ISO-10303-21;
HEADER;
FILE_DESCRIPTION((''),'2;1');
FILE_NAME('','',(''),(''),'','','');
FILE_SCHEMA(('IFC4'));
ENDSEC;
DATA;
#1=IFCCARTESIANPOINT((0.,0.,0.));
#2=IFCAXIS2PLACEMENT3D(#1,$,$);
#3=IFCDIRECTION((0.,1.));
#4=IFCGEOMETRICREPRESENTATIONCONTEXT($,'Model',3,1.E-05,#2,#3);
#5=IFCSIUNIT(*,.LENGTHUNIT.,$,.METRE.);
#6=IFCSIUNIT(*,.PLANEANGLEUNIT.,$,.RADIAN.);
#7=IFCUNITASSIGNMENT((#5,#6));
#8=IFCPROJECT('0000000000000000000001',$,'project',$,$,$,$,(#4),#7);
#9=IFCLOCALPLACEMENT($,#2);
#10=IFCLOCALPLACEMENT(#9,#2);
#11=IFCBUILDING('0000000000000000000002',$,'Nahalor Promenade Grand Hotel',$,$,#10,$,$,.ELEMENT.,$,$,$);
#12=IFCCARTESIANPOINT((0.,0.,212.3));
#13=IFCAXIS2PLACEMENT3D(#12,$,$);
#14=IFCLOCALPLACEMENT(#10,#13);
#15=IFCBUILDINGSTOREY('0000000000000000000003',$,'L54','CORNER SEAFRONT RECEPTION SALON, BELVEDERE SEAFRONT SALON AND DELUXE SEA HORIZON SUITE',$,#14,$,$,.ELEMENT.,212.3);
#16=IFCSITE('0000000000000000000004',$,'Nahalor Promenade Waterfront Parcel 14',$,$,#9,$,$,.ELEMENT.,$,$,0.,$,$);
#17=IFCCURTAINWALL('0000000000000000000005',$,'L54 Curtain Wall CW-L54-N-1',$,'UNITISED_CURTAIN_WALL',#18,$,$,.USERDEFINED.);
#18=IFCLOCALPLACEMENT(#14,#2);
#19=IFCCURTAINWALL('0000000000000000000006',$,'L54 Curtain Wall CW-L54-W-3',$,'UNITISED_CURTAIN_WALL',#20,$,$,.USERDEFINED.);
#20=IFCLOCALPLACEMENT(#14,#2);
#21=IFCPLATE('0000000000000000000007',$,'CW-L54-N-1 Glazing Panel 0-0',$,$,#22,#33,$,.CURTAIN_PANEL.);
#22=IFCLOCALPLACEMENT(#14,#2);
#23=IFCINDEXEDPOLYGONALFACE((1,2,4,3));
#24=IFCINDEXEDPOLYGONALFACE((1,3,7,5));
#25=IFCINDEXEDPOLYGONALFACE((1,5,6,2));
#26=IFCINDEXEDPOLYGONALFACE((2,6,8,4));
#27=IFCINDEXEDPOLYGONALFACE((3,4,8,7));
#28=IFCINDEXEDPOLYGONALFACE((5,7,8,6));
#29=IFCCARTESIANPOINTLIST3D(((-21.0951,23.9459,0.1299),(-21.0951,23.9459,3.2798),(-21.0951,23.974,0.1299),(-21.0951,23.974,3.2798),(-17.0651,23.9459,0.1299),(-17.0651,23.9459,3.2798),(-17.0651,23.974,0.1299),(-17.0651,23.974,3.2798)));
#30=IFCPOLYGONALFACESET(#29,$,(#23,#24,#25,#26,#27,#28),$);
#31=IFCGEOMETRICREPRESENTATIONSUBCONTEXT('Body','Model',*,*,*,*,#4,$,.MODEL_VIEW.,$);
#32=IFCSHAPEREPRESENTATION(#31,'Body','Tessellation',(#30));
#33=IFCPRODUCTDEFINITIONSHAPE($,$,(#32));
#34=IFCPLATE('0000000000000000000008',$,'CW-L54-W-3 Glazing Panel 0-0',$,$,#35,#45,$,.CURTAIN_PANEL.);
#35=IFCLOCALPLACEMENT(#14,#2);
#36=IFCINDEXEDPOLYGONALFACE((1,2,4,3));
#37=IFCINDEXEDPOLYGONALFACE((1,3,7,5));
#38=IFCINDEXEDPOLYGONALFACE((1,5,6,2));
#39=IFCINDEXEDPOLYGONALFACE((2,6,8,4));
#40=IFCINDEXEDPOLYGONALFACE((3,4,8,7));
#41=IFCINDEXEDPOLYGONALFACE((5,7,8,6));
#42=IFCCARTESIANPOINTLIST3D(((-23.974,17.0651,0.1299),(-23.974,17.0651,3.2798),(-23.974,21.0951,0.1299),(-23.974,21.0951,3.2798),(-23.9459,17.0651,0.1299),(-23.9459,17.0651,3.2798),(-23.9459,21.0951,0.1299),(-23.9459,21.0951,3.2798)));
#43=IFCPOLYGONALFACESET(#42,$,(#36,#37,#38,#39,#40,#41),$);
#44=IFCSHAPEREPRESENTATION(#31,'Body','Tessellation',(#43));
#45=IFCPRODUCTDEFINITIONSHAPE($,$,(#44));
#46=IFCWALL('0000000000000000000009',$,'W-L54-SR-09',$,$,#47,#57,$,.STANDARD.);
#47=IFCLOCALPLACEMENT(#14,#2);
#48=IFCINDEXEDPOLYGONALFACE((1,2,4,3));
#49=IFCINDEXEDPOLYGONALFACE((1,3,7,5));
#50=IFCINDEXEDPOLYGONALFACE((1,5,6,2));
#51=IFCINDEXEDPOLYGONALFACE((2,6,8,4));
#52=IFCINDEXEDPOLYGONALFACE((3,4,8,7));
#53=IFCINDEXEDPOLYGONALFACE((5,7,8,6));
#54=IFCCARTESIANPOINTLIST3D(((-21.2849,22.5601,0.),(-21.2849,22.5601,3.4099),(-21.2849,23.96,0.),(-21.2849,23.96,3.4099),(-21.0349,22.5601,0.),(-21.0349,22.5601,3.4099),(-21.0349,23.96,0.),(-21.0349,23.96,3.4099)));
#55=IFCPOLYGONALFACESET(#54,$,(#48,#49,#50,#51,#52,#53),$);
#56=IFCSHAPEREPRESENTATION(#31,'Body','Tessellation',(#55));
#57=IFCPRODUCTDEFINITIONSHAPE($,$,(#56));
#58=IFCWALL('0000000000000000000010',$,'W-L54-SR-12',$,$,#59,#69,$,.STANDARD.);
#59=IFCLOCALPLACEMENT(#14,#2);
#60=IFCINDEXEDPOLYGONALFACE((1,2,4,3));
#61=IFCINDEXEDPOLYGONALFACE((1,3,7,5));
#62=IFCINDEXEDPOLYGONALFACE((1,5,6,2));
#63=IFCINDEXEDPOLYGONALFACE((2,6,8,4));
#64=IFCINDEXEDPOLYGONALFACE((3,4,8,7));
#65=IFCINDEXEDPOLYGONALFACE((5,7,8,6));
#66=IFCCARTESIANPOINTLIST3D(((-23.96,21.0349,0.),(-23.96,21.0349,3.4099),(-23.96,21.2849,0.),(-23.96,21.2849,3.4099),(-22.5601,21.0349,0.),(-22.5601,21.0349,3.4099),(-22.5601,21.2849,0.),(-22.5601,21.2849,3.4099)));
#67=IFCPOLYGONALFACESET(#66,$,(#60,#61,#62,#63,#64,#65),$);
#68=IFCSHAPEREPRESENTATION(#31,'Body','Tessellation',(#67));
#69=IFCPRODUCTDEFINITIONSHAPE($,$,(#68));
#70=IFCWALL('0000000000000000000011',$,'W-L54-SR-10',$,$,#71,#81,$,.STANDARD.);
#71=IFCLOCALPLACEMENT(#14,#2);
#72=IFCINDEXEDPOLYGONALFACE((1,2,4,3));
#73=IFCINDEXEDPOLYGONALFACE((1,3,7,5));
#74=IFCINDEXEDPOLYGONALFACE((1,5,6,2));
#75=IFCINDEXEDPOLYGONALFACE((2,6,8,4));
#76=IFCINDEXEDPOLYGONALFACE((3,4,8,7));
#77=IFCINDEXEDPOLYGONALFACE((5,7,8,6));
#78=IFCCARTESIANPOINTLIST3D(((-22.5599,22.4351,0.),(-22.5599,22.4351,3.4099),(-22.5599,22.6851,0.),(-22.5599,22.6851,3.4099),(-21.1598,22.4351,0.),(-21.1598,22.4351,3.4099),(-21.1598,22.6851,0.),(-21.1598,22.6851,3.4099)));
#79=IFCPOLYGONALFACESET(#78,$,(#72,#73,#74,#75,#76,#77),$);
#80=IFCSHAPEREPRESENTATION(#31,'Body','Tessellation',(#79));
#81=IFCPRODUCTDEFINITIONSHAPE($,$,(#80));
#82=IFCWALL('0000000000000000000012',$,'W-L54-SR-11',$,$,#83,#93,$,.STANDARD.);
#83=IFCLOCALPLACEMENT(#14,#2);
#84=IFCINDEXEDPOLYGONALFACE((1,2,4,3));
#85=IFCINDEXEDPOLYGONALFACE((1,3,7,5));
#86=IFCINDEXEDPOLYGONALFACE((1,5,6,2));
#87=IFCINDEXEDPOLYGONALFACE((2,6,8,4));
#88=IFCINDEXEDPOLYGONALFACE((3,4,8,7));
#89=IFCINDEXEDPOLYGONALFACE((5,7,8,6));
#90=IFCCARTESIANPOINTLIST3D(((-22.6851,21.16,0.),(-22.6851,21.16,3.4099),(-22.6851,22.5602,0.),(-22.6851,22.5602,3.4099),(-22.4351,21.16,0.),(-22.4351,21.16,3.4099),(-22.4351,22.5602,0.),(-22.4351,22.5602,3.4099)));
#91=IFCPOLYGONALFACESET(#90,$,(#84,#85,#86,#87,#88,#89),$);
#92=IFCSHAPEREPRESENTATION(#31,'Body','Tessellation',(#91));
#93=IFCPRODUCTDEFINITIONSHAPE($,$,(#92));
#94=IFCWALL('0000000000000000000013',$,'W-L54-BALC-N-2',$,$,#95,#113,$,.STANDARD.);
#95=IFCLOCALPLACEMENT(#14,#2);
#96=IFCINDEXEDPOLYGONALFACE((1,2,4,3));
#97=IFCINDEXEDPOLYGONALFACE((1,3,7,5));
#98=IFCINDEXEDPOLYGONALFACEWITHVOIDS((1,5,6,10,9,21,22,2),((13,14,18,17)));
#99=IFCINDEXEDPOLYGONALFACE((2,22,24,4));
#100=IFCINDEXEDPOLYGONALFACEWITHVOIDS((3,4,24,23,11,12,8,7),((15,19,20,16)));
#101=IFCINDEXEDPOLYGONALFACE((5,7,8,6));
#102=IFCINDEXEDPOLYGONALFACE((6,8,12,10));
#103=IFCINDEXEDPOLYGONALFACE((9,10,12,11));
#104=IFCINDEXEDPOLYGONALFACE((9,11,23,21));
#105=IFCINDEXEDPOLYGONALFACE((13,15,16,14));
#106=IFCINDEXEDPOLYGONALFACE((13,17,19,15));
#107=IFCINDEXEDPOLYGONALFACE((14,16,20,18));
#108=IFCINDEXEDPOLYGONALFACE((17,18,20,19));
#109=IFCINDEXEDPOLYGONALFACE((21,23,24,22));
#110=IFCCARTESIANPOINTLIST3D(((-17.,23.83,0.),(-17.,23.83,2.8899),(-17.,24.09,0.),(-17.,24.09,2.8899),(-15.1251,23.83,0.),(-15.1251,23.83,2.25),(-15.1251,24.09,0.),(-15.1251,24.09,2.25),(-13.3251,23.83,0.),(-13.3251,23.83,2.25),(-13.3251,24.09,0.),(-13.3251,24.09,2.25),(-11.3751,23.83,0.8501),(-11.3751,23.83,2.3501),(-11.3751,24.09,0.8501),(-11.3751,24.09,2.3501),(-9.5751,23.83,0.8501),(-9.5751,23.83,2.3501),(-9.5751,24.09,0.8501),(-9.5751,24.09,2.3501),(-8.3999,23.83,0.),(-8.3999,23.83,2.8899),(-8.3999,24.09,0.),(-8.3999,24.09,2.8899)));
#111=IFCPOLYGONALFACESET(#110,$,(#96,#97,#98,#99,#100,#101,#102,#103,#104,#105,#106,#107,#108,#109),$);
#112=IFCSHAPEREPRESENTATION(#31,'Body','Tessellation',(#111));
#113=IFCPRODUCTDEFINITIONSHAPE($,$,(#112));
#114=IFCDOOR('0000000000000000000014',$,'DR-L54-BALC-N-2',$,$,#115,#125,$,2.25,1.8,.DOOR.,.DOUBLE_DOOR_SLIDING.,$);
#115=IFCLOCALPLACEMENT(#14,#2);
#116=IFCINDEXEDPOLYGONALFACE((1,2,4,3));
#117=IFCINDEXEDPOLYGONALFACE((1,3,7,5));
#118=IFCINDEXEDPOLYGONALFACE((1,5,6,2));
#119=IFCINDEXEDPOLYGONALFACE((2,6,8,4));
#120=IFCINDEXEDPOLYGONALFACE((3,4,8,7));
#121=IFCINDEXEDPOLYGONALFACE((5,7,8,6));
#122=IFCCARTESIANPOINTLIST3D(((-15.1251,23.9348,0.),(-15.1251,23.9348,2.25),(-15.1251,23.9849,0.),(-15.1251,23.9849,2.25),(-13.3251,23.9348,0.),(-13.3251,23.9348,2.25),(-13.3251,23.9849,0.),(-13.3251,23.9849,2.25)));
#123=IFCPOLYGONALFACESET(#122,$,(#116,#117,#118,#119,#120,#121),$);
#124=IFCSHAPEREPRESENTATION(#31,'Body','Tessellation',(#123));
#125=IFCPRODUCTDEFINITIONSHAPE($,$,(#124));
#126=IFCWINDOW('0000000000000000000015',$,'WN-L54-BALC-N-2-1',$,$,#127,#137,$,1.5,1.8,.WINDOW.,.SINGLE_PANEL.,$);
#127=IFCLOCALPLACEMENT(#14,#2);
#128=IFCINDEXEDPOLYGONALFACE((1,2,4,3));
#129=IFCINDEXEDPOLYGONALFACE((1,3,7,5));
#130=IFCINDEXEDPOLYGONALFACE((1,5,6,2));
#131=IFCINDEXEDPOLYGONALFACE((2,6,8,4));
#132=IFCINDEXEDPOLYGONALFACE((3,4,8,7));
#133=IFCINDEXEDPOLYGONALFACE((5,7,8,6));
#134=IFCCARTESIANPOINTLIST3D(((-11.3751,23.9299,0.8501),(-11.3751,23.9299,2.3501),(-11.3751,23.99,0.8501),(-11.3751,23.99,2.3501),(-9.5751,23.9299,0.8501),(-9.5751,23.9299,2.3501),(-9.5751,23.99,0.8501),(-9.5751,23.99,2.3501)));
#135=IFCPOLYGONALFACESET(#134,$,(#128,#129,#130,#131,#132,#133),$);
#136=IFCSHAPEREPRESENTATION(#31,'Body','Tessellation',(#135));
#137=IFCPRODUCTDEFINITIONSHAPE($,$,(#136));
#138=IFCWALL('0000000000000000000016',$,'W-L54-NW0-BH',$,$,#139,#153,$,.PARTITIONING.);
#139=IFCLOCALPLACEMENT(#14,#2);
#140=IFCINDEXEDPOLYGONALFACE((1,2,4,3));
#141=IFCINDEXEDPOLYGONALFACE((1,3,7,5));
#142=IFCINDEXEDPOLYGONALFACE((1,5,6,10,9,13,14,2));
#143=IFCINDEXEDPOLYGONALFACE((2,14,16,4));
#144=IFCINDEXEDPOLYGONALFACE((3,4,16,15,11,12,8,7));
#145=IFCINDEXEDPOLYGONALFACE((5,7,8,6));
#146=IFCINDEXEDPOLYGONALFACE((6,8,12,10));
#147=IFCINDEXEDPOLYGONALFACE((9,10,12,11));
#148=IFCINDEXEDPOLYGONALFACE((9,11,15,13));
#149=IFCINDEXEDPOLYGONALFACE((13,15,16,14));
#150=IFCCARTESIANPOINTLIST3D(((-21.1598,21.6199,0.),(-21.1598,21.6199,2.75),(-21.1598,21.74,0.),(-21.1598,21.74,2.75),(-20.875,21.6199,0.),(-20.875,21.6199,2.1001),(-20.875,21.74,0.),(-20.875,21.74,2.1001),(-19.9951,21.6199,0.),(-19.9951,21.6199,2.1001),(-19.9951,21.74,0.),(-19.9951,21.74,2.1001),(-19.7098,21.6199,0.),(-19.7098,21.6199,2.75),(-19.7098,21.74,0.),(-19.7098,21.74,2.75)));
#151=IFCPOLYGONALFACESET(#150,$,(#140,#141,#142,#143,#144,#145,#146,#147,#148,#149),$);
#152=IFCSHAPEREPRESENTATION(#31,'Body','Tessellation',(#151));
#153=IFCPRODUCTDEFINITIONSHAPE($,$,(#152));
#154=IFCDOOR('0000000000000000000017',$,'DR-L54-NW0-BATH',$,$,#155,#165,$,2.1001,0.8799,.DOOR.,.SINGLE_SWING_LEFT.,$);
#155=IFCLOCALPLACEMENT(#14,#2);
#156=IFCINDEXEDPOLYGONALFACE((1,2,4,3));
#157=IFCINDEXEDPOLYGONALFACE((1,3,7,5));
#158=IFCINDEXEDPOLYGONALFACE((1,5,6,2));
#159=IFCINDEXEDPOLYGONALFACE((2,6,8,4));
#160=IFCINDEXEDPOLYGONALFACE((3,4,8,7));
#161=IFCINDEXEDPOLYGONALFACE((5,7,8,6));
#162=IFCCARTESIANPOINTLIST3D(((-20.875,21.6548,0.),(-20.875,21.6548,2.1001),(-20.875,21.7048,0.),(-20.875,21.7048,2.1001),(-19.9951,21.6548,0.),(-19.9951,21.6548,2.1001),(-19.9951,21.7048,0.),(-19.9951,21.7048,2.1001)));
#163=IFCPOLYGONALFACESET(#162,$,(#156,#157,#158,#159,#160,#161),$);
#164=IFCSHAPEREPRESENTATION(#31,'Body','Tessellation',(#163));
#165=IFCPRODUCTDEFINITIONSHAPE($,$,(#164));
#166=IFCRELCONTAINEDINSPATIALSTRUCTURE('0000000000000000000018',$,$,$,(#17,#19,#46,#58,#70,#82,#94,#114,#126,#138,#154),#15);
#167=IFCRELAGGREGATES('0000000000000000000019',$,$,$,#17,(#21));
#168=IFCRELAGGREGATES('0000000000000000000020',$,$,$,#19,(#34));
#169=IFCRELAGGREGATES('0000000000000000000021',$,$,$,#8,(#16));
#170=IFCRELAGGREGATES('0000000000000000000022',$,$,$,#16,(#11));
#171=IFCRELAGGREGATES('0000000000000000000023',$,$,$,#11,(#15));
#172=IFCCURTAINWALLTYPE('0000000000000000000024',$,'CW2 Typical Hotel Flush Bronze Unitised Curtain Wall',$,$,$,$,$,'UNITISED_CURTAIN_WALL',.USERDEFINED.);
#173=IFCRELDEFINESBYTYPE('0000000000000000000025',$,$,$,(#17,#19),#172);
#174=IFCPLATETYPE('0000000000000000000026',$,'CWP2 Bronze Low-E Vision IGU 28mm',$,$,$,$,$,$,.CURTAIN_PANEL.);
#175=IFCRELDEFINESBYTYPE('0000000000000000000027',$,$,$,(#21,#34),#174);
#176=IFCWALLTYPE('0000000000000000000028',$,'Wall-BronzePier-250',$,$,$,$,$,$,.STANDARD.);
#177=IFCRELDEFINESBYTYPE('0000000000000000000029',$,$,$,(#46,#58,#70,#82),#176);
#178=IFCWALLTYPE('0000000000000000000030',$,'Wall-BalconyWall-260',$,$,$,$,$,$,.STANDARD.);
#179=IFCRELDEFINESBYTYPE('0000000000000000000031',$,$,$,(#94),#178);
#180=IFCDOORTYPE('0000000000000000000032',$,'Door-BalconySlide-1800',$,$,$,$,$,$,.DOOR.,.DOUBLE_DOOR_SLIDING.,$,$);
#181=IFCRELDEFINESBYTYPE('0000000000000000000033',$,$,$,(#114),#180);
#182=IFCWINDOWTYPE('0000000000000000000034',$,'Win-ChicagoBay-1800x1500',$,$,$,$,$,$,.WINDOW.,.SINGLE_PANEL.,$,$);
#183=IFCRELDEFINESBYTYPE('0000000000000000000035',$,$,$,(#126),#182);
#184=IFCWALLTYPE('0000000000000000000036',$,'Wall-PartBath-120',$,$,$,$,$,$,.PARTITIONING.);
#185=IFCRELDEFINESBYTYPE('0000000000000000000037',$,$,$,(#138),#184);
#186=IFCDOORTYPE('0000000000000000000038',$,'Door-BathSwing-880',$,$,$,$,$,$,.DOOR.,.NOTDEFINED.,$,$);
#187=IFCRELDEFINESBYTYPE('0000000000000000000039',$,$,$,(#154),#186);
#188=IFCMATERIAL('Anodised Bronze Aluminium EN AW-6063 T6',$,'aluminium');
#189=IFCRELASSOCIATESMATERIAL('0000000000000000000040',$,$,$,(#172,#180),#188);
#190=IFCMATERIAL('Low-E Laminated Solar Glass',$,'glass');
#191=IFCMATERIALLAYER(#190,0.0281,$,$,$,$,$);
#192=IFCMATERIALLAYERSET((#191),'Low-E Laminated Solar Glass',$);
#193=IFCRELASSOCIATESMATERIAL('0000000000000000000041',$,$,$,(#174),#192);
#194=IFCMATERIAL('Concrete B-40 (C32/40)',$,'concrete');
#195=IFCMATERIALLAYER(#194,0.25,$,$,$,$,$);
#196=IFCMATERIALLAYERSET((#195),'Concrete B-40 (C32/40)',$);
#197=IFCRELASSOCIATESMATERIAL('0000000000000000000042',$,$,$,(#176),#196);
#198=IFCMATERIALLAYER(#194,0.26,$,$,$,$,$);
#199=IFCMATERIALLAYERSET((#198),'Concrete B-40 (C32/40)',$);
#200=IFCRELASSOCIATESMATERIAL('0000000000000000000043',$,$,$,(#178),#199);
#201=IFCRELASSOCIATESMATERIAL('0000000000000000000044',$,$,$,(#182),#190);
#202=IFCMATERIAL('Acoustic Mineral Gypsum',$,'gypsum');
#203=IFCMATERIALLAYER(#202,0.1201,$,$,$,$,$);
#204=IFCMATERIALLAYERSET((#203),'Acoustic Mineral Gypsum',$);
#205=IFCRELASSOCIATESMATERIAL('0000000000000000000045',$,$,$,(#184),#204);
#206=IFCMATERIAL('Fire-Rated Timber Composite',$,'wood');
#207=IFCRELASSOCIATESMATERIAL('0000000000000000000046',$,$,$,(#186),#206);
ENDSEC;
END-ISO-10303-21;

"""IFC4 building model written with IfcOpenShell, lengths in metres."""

from ifc_helpers import new_model, si_unit, direction, frame, frame_2d, origin, origin_2d, place, context, subcontext, project, spatial, rectangle, extrude, source, transform, mapped, material, layer, layer_set, type_object, element, fill, aggregate, save


model = new_model("IFC4")

# Units and contexts
model_context = context("Model", 3, precision=1e-05, world=origin(), true_north=direction((0.0, 1.0)))
body_context = subcontext(model_context, "Body", "Model", "MODEL_VIEW")
ifc_project = project(units=[si_unit("LENGTHUNIT", "METRE"), si_unit("PLANEANGLEUNIT", "RADIAN")], contexts=[model_context])

# Site, building, storey
site_placement = place(None, origin())
site = spatial("IfcSite", under=ifc_project, at=site_placement, Name="Nahalor Promenade Waterfront Parcel 14", CompositionType="ELEMENT", RefElevation=0.0)
building_placement = place(site_placement, origin())
building = spatial("IfcBuilding", under=site, at=building_placement, Name="Nahalor Promenade Grand Hotel", CompositionType="ELEMENT")
storey_placement = place(building_placement, frame((0.0, 0.0, 212.3)))
storey = spatial("IfcBuildingStorey", under=building, at=storey_placement, Name="L54", Description="CORNER SEAFRONT RECEPTION SALON, BELVEDERE SEAFRONT SALON AND DELUXE SEA HORIZON SUITE", CompositionType="ELEMENT", Elevation=212.3)

# Curtain walls
ifc_material_1 = material(Name="Anodised Bronze Aluminium EN AW-6063 T6", Category="aluminium")
curtain_wall_type = type_object("IfcCurtainWallType", Name="CW2 Typical Hotel Flush Bronze Unitised Curtain Wall", ElementType="UNITISED_CURTAIN_WALL", PredefinedType="USERDEFINED", material=ifc_material_1)
curtain_wall_1_placement = place(storey_placement, origin())
curtain_wall_1 = element("IfcCurtainWall", 1, at=curtain_wall_1_placement, inside=storey, type_object=curtain_wall_type, Name="L54 Curtain Wall CW-L54-N-1", ObjectType="UNITISED_CURTAIN_WALL", PredefinedType="USERDEFINED")
curtain_wall_2_placement = place(storey_placement, origin())
curtain_wall_2 = element("IfcCurtainWall", 2, at=curtain_wall_2_placement, inside=storey, type_object=curtain_wall_type, Name="L54 Curtain Wall CW-L54-W-3", ObjectType="UNITISED_CURTAIN_WALL", PredefinedType="USERDEFINED")

# Plates
ifc_material_2 = material(Name="Low-E Laminated Solar Glass", Category="glass")
ifc_layer_1 = layer(ifc_material_2, 0.0281)
ifc_layer_set_1 = layer_set([ifc_layer_1], Name="Low-E Laminated Solar Glass")
plate_type = type_object("IfcPlateType", Name="CWP2 Bronze Low-E Vision IGU 28mm", PredefinedType="CURTAIN_PANEL", material=ifc_layer_set_1)
shared_shape_1 = source(origin(), body_context, "Body", "SweptSolid", [
    extrude(rectangle(XDim=4.03, YDim=0.0281, at=origin_2d()), origin(), (0.0, 0.0, 1.0), 3.1499),
])
plate_1_placement = place(storey_placement, frame((-19.0801, 23.96, 0.1299), z_axis=(0.0, 0.0, 1.0), x_axis=(1.0, 0.0, 0.0)))
plate_1 = element("IfcPlate", 3, at=plate_1_placement, type_object=plate_type, Name="CW-L54-N-1 Glazing Panel 0-0", PredefinedType="CURTAIN_PANEL", context=body_context, shape_type="MappedRepresentation", body=[
    mapped(shared_shape_1, transform((0.0, 0.0, 0.0), scale=1.0)),
])
aggregate(curtain_wall_1, [plate_1])
plate_2_placement = place(storey_placement, frame((-23.96, 19.0801, 0.1299), z_axis=(0.0, 0.0, 1.0), x_axis=(0.0, 1.0, 0.0)))
plate_2 = element("IfcPlate", 4, at=plate_2_placement, type_object=plate_type, Name="CW-L54-W-3 Glazing Panel 0-0", PredefinedType="CURTAIN_PANEL", context=body_context, shape_type="MappedRepresentation", body=[
    mapped(shared_shape_1, transform((0.0, 0.0, 0.0), scale=1.0)),
])
aggregate(curtain_wall_2, [plate_2])

# Walls
ifc_material_3 = material(Name="Concrete B-40 (C32/40)", Category="concrete")
ifc_layer_2 = layer(ifc_material_3, 0.25)
ifc_layer_set_2 = layer_set([ifc_layer_2], Name="Concrete B-40 (C32/40)")
wall_type_1 = type_object("IfcWallType", Name="Wall-BronzePier-250", PredefinedType="STANDARD", material=ifc_layer_set_2)
shared_shape_2 = source(origin(), body_context, "Body", "SweptSolid", [
    extrude(rectangle(XDim=1.3999, YDim=0.25, at=frame_2d((0.7, 0.0))), origin(), (0.0, 0.0, 1.0), 3.4099),
])
for number, where, z_axis, x_axis, name in (
    (5, (-21.1599, 22.5601, 0.0), (0.0, 0.0, 1.0), (0.0, 1.0, 0.0), "W-L54-SR-09"),
    (6, (-23.96, 21.1599, 0.0), (0.0, 0.0, 1.0), (1.0, 0.0, 0.0), "W-L54-SR-12"),
):
    element("IfcWall", number, at=place(storey_placement, frame(where, z_axis=z_axis, x_axis=x_axis)), inside=storey, type_object=wall_type_1, Name=name, PredefinedType="STANDARD", context=body_context, shape_type="MappedRepresentation", body=[
        mapped(shared_shape_2, transform((0.0, 0.0, 0.0), scale=1.0)),
    ])
shared_shape_3 = source(origin(), body_context, "Body", "SweptSolid", [
    extrude(rectangle(XDim=1.4001, YDim=0.25, at=frame_2d((0.7002, 0.0))), origin(), (0.0, 0.0, 1.0), 3.4099),
])
for number, where, z_axis, x_axis, name in (
    (7, (-22.5601, 22.5601, 0.0), (0.0, 0.0, 1.0), (1.0, 0.0, 0.0), "W-L54-SR-10"),
    (8, (-22.5601, 21.1599, 0.0), (0.0, 0.0, 1.0), (0.0, 1.0, 0.0), "W-L54-SR-11"),
):
    element("IfcWall", number, at=place(storey_placement, frame(where, z_axis=z_axis, x_axis=x_axis)), inside=storey, type_object=wall_type_1, Name=name, PredefinedType="STANDARD", context=body_context, shape_type="MappedRepresentation", body=[
        mapped(shared_shape_3, transform((0.0, 0.0, 0.0), scale=1.0)),
    ])

# Wall, openings, door, window
ifc_layer_3 = layer(ifc_material_3, 0.26)
ifc_layer_set_3 = layer_set([ifc_layer_3], Name="Concrete B-40 (C32/40)")
wall_type_2 = type_object("IfcWallType", Name="Wall-BalconyWall-260", PredefinedType="STANDARD", material=ifc_layer_set_3)
shared_shape_4 = source(origin(), body_context, "Body", "SweptSolid", [
    extrude(rectangle(XDim=8.6001, YDim=0.26, at=frame_2d((4.3, 0.0))), origin(), (0.0, 0.0, 1.0), 2.8899),
])
wall_1_placement = place(storey_placement, frame((-17.0, 23.96, 0.0), z_axis=(0.0, 0.0, 1.0), x_axis=(1.0, 0.0, 0.0)))
wall_1 = element("IfcWall", 9, at=wall_1_placement, inside=storey, type_object=wall_type_2, Name="W-L54-BALC-N-2", PredefinedType="STANDARD", context=body_context, shape_type="MappedRepresentation", body=[
    mapped(shared_shape_4, transform((0.0, 0.0, 0.0), scale=1.0)),
])
opening_1_placement = place(wall_1_placement, frame((1.875, 0.0, 0.0)))
opening_1 = element("IfcOpeningElement", 10, at=opening_1_placement, cuts=wall_1, PredefinedType="OPENING", context=body_context, shape_type="SweptSolid", body=[
    extrude(rectangle(XDim=1.8, YDim=2.25, at=frame_2d((0.8999, 1.125))), frame((0.0, 0.1399, 0.0), z_axis=(0.0, -1.0, 0.0), x_axis=(1.0, 0.0, 0.0)), (0.0, 0.0, 1.0), 0.28),
])
opening_2_placement = place(wall_1_placement, frame((5.625, 0.0, 0.8501)))
opening_2 = element("IfcOpeningElement", 11, at=opening_2_placement, cuts=wall_1, PredefinedType="OPENING", context=body_context, shape_type="SweptSolid", body=[
    extrude(rectangle(XDim=1.8, YDim=1.5, at=frame_2d((0.8999, 0.75))), frame((0.0, 0.1399, 0.0), z_axis=(0.0, -1.0, 0.0), x_axis=(1.0, 0.0, 0.0)), (0.0, 0.0, 1.0), 0.28),
])
door_type_1 = type_object("IfcDoorType", Name="Door-BalconySlide-1800", OperationType="DOUBLE_DOOR_SLIDING", PredefinedType="DOOR", material=ifc_material_1)
shared_shape_5 = source(origin(), body_context, "Body", "SweptSolid", [
    extrude(rectangle(XDim=1.8, YDim=2.25, at=frame_2d((0.8999, 1.125))), frame((0.0, 0.0249, 0.0), z_axis=(0.0, -1.0, 0.0), x_axis=(1.0, 0.0, 0.0)), (0.0, 0.0, 1.0), 0.05),
])
door_1_placement = place(opening_1_placement, origin())
door_1 = element("IfcDoor", 12, at=door_1_placement, inside=storey, type_object=door_type_1, Name="DR-L54-BALC-N-2", OperationType="DOUBLE_DOOR_SLIDING", OverallHeight=2.25, OverallWidth=1.8, PredefinedType="DOOR", context=body_context, shape_type="MappedRepresentation", body=[
    mapped(shared_shape_5, transform((0.0, 0.0, 0.0), scale=1.0)),
])
fill(opening_1, door_1)
window_type = type_object("IfcWindowType", Name="Win-ChicagoBay-1800x1500", PartitioningType="SINGLE_PANEL", PredefinedType="WINDOW", material=ifc_material_2)
shared_shape_6 = source(origin(), body_context, "Body", "SweptSolid", [
    extrude(rectangle(XDim=1.8, YDim=1.5, at=frame_2d((0.8999, 0.75))), frame((0.0, 0.03, 0.0), z_axis=(0.0, -1.0, 0.0), x_axis=(1.0, 0.0, 0.0)), (0.0, 0.0, 1.0), 0.0601),
])
window_placement = place(opening_2_placement, origin())
window = element("IfcWindow", 13, at=window_placement, inside=storey, type_object=window_type, Name="WN-L54-BALC-N-2-1", OverallHeight=1.5, OverallWidth=1.8, PartitioningType="SINGLE_PANEL", PredefinedType="WINDOW", context=body_context, shape_type="MappedRepresentation", body=[
    mapped(shared_shape_6, transform((0.0, 0.0, 0.0), scale=1.0)),
])
fill(opening_2, window)

# Wall, opening, door
ifc_material_4 = material(Name="Acoustic Mineral Gypsum", Category="gypsum")
ifc_layer_4 = layer(ifc_material_4, 0.1201)
ifc_layer_set_4 = layer_set([ifc_layer_4], Name="Acoustic Mineral Gypsum")
wall_type_3 = type_object("IfcWallType", Name="Wall-PartBath-120", PredefinedType="PARTITIONING", material=ifc_layer_set_4)
shared_shape_7 = source(origin(), body_context, "Body", "SweptSolid", [
    extrude(rectangle(XDim=1.45, YDim=0.1201, at=frame_2d((0.7251, 0.0))), origin(), (0.0, 0.0, 1.0), 2.75),
])
wall_2_placement = place(storey_placement, frame((-21.1599, 21.6799, 0.0), z_axis=(0.0, 0.0, 1.0), x_axis=(1.0, 0.0, 0.0)))
wall_2 = element("IfcWall", 14, at=wall_2_placement, inside=storey, type_object=wall_type_3, Name="W-L54-NW0-BH", PredefinedType="PARTITIONING", context=body_context, shape_type="MappedRepresentation", body=[
    mapped(shared_shape_7, transform((0.0, 0.0, 0.0), scale=1.0)),
])
opening_3_placement = place(wall_2_placement, frame((0.2849, 0.0, 0.0)))
opening_3 = element("IfcOpeningElement", 15, at=opening_3_placement, cuts=wall_2, PredefinedType="OPENING", context=body_context, shape_type="SweptSolid", body=[
    extrude(rectangle(XDim=0.8799, YDim=2.1001, at=frame_2d((0.4399, 1.05))), frame((0.0, 0.0701, 0.0), z_axis=(0.0, -1.0, 0.0), x_axis=(1.0, 0.0, 0.0)), (0.0, 0.0, 1.0), 0.1401),
])
ifc_material_5 = material(Name="Fire-Rated Timber Composite", Category="wood")
door_type_2 = type_object("IfcDoorType", Name="Door-BathSwing-880", OperationType="NOTDEFINED", PredefinedType="DOOR", material=ifc_material_5)
shared_shape_8 = source(origin(), body_context, "Body", "SweptSolid", [
    extrude(rectangle(XDim=0.8799, YDim=2.1001, at=frame_2d((0.4399, 1.05))), frame((0.0, 0.0249, 0.0), z_axis=(0.0, -1.0, 0.0), x_axis=(1.0, 0.0, 0.0)), (0.0, 0.0, 1.0), 0.05),
])
door_2_placement = place(opening_3_placement, origin())
door_2 = element("IfcDoor", 16, at=door_2_placement, inside=storey, type_object=door_type_2, Name="DR-L54-NW0-BATH", OperationType="SINGLE_SWING_LEFT", OverallHeight=2.1001, OverallWidth=0.8799, PredefinedType="DOOR", context=body_context, shape_type="MappedRepresentation", body=[
    mapped(shared_shape_8, transform((0.0, 0.0, 0.0), scale=1.0)),
])
fill(opening_3, door_2)

save(model, "model.ifc")
